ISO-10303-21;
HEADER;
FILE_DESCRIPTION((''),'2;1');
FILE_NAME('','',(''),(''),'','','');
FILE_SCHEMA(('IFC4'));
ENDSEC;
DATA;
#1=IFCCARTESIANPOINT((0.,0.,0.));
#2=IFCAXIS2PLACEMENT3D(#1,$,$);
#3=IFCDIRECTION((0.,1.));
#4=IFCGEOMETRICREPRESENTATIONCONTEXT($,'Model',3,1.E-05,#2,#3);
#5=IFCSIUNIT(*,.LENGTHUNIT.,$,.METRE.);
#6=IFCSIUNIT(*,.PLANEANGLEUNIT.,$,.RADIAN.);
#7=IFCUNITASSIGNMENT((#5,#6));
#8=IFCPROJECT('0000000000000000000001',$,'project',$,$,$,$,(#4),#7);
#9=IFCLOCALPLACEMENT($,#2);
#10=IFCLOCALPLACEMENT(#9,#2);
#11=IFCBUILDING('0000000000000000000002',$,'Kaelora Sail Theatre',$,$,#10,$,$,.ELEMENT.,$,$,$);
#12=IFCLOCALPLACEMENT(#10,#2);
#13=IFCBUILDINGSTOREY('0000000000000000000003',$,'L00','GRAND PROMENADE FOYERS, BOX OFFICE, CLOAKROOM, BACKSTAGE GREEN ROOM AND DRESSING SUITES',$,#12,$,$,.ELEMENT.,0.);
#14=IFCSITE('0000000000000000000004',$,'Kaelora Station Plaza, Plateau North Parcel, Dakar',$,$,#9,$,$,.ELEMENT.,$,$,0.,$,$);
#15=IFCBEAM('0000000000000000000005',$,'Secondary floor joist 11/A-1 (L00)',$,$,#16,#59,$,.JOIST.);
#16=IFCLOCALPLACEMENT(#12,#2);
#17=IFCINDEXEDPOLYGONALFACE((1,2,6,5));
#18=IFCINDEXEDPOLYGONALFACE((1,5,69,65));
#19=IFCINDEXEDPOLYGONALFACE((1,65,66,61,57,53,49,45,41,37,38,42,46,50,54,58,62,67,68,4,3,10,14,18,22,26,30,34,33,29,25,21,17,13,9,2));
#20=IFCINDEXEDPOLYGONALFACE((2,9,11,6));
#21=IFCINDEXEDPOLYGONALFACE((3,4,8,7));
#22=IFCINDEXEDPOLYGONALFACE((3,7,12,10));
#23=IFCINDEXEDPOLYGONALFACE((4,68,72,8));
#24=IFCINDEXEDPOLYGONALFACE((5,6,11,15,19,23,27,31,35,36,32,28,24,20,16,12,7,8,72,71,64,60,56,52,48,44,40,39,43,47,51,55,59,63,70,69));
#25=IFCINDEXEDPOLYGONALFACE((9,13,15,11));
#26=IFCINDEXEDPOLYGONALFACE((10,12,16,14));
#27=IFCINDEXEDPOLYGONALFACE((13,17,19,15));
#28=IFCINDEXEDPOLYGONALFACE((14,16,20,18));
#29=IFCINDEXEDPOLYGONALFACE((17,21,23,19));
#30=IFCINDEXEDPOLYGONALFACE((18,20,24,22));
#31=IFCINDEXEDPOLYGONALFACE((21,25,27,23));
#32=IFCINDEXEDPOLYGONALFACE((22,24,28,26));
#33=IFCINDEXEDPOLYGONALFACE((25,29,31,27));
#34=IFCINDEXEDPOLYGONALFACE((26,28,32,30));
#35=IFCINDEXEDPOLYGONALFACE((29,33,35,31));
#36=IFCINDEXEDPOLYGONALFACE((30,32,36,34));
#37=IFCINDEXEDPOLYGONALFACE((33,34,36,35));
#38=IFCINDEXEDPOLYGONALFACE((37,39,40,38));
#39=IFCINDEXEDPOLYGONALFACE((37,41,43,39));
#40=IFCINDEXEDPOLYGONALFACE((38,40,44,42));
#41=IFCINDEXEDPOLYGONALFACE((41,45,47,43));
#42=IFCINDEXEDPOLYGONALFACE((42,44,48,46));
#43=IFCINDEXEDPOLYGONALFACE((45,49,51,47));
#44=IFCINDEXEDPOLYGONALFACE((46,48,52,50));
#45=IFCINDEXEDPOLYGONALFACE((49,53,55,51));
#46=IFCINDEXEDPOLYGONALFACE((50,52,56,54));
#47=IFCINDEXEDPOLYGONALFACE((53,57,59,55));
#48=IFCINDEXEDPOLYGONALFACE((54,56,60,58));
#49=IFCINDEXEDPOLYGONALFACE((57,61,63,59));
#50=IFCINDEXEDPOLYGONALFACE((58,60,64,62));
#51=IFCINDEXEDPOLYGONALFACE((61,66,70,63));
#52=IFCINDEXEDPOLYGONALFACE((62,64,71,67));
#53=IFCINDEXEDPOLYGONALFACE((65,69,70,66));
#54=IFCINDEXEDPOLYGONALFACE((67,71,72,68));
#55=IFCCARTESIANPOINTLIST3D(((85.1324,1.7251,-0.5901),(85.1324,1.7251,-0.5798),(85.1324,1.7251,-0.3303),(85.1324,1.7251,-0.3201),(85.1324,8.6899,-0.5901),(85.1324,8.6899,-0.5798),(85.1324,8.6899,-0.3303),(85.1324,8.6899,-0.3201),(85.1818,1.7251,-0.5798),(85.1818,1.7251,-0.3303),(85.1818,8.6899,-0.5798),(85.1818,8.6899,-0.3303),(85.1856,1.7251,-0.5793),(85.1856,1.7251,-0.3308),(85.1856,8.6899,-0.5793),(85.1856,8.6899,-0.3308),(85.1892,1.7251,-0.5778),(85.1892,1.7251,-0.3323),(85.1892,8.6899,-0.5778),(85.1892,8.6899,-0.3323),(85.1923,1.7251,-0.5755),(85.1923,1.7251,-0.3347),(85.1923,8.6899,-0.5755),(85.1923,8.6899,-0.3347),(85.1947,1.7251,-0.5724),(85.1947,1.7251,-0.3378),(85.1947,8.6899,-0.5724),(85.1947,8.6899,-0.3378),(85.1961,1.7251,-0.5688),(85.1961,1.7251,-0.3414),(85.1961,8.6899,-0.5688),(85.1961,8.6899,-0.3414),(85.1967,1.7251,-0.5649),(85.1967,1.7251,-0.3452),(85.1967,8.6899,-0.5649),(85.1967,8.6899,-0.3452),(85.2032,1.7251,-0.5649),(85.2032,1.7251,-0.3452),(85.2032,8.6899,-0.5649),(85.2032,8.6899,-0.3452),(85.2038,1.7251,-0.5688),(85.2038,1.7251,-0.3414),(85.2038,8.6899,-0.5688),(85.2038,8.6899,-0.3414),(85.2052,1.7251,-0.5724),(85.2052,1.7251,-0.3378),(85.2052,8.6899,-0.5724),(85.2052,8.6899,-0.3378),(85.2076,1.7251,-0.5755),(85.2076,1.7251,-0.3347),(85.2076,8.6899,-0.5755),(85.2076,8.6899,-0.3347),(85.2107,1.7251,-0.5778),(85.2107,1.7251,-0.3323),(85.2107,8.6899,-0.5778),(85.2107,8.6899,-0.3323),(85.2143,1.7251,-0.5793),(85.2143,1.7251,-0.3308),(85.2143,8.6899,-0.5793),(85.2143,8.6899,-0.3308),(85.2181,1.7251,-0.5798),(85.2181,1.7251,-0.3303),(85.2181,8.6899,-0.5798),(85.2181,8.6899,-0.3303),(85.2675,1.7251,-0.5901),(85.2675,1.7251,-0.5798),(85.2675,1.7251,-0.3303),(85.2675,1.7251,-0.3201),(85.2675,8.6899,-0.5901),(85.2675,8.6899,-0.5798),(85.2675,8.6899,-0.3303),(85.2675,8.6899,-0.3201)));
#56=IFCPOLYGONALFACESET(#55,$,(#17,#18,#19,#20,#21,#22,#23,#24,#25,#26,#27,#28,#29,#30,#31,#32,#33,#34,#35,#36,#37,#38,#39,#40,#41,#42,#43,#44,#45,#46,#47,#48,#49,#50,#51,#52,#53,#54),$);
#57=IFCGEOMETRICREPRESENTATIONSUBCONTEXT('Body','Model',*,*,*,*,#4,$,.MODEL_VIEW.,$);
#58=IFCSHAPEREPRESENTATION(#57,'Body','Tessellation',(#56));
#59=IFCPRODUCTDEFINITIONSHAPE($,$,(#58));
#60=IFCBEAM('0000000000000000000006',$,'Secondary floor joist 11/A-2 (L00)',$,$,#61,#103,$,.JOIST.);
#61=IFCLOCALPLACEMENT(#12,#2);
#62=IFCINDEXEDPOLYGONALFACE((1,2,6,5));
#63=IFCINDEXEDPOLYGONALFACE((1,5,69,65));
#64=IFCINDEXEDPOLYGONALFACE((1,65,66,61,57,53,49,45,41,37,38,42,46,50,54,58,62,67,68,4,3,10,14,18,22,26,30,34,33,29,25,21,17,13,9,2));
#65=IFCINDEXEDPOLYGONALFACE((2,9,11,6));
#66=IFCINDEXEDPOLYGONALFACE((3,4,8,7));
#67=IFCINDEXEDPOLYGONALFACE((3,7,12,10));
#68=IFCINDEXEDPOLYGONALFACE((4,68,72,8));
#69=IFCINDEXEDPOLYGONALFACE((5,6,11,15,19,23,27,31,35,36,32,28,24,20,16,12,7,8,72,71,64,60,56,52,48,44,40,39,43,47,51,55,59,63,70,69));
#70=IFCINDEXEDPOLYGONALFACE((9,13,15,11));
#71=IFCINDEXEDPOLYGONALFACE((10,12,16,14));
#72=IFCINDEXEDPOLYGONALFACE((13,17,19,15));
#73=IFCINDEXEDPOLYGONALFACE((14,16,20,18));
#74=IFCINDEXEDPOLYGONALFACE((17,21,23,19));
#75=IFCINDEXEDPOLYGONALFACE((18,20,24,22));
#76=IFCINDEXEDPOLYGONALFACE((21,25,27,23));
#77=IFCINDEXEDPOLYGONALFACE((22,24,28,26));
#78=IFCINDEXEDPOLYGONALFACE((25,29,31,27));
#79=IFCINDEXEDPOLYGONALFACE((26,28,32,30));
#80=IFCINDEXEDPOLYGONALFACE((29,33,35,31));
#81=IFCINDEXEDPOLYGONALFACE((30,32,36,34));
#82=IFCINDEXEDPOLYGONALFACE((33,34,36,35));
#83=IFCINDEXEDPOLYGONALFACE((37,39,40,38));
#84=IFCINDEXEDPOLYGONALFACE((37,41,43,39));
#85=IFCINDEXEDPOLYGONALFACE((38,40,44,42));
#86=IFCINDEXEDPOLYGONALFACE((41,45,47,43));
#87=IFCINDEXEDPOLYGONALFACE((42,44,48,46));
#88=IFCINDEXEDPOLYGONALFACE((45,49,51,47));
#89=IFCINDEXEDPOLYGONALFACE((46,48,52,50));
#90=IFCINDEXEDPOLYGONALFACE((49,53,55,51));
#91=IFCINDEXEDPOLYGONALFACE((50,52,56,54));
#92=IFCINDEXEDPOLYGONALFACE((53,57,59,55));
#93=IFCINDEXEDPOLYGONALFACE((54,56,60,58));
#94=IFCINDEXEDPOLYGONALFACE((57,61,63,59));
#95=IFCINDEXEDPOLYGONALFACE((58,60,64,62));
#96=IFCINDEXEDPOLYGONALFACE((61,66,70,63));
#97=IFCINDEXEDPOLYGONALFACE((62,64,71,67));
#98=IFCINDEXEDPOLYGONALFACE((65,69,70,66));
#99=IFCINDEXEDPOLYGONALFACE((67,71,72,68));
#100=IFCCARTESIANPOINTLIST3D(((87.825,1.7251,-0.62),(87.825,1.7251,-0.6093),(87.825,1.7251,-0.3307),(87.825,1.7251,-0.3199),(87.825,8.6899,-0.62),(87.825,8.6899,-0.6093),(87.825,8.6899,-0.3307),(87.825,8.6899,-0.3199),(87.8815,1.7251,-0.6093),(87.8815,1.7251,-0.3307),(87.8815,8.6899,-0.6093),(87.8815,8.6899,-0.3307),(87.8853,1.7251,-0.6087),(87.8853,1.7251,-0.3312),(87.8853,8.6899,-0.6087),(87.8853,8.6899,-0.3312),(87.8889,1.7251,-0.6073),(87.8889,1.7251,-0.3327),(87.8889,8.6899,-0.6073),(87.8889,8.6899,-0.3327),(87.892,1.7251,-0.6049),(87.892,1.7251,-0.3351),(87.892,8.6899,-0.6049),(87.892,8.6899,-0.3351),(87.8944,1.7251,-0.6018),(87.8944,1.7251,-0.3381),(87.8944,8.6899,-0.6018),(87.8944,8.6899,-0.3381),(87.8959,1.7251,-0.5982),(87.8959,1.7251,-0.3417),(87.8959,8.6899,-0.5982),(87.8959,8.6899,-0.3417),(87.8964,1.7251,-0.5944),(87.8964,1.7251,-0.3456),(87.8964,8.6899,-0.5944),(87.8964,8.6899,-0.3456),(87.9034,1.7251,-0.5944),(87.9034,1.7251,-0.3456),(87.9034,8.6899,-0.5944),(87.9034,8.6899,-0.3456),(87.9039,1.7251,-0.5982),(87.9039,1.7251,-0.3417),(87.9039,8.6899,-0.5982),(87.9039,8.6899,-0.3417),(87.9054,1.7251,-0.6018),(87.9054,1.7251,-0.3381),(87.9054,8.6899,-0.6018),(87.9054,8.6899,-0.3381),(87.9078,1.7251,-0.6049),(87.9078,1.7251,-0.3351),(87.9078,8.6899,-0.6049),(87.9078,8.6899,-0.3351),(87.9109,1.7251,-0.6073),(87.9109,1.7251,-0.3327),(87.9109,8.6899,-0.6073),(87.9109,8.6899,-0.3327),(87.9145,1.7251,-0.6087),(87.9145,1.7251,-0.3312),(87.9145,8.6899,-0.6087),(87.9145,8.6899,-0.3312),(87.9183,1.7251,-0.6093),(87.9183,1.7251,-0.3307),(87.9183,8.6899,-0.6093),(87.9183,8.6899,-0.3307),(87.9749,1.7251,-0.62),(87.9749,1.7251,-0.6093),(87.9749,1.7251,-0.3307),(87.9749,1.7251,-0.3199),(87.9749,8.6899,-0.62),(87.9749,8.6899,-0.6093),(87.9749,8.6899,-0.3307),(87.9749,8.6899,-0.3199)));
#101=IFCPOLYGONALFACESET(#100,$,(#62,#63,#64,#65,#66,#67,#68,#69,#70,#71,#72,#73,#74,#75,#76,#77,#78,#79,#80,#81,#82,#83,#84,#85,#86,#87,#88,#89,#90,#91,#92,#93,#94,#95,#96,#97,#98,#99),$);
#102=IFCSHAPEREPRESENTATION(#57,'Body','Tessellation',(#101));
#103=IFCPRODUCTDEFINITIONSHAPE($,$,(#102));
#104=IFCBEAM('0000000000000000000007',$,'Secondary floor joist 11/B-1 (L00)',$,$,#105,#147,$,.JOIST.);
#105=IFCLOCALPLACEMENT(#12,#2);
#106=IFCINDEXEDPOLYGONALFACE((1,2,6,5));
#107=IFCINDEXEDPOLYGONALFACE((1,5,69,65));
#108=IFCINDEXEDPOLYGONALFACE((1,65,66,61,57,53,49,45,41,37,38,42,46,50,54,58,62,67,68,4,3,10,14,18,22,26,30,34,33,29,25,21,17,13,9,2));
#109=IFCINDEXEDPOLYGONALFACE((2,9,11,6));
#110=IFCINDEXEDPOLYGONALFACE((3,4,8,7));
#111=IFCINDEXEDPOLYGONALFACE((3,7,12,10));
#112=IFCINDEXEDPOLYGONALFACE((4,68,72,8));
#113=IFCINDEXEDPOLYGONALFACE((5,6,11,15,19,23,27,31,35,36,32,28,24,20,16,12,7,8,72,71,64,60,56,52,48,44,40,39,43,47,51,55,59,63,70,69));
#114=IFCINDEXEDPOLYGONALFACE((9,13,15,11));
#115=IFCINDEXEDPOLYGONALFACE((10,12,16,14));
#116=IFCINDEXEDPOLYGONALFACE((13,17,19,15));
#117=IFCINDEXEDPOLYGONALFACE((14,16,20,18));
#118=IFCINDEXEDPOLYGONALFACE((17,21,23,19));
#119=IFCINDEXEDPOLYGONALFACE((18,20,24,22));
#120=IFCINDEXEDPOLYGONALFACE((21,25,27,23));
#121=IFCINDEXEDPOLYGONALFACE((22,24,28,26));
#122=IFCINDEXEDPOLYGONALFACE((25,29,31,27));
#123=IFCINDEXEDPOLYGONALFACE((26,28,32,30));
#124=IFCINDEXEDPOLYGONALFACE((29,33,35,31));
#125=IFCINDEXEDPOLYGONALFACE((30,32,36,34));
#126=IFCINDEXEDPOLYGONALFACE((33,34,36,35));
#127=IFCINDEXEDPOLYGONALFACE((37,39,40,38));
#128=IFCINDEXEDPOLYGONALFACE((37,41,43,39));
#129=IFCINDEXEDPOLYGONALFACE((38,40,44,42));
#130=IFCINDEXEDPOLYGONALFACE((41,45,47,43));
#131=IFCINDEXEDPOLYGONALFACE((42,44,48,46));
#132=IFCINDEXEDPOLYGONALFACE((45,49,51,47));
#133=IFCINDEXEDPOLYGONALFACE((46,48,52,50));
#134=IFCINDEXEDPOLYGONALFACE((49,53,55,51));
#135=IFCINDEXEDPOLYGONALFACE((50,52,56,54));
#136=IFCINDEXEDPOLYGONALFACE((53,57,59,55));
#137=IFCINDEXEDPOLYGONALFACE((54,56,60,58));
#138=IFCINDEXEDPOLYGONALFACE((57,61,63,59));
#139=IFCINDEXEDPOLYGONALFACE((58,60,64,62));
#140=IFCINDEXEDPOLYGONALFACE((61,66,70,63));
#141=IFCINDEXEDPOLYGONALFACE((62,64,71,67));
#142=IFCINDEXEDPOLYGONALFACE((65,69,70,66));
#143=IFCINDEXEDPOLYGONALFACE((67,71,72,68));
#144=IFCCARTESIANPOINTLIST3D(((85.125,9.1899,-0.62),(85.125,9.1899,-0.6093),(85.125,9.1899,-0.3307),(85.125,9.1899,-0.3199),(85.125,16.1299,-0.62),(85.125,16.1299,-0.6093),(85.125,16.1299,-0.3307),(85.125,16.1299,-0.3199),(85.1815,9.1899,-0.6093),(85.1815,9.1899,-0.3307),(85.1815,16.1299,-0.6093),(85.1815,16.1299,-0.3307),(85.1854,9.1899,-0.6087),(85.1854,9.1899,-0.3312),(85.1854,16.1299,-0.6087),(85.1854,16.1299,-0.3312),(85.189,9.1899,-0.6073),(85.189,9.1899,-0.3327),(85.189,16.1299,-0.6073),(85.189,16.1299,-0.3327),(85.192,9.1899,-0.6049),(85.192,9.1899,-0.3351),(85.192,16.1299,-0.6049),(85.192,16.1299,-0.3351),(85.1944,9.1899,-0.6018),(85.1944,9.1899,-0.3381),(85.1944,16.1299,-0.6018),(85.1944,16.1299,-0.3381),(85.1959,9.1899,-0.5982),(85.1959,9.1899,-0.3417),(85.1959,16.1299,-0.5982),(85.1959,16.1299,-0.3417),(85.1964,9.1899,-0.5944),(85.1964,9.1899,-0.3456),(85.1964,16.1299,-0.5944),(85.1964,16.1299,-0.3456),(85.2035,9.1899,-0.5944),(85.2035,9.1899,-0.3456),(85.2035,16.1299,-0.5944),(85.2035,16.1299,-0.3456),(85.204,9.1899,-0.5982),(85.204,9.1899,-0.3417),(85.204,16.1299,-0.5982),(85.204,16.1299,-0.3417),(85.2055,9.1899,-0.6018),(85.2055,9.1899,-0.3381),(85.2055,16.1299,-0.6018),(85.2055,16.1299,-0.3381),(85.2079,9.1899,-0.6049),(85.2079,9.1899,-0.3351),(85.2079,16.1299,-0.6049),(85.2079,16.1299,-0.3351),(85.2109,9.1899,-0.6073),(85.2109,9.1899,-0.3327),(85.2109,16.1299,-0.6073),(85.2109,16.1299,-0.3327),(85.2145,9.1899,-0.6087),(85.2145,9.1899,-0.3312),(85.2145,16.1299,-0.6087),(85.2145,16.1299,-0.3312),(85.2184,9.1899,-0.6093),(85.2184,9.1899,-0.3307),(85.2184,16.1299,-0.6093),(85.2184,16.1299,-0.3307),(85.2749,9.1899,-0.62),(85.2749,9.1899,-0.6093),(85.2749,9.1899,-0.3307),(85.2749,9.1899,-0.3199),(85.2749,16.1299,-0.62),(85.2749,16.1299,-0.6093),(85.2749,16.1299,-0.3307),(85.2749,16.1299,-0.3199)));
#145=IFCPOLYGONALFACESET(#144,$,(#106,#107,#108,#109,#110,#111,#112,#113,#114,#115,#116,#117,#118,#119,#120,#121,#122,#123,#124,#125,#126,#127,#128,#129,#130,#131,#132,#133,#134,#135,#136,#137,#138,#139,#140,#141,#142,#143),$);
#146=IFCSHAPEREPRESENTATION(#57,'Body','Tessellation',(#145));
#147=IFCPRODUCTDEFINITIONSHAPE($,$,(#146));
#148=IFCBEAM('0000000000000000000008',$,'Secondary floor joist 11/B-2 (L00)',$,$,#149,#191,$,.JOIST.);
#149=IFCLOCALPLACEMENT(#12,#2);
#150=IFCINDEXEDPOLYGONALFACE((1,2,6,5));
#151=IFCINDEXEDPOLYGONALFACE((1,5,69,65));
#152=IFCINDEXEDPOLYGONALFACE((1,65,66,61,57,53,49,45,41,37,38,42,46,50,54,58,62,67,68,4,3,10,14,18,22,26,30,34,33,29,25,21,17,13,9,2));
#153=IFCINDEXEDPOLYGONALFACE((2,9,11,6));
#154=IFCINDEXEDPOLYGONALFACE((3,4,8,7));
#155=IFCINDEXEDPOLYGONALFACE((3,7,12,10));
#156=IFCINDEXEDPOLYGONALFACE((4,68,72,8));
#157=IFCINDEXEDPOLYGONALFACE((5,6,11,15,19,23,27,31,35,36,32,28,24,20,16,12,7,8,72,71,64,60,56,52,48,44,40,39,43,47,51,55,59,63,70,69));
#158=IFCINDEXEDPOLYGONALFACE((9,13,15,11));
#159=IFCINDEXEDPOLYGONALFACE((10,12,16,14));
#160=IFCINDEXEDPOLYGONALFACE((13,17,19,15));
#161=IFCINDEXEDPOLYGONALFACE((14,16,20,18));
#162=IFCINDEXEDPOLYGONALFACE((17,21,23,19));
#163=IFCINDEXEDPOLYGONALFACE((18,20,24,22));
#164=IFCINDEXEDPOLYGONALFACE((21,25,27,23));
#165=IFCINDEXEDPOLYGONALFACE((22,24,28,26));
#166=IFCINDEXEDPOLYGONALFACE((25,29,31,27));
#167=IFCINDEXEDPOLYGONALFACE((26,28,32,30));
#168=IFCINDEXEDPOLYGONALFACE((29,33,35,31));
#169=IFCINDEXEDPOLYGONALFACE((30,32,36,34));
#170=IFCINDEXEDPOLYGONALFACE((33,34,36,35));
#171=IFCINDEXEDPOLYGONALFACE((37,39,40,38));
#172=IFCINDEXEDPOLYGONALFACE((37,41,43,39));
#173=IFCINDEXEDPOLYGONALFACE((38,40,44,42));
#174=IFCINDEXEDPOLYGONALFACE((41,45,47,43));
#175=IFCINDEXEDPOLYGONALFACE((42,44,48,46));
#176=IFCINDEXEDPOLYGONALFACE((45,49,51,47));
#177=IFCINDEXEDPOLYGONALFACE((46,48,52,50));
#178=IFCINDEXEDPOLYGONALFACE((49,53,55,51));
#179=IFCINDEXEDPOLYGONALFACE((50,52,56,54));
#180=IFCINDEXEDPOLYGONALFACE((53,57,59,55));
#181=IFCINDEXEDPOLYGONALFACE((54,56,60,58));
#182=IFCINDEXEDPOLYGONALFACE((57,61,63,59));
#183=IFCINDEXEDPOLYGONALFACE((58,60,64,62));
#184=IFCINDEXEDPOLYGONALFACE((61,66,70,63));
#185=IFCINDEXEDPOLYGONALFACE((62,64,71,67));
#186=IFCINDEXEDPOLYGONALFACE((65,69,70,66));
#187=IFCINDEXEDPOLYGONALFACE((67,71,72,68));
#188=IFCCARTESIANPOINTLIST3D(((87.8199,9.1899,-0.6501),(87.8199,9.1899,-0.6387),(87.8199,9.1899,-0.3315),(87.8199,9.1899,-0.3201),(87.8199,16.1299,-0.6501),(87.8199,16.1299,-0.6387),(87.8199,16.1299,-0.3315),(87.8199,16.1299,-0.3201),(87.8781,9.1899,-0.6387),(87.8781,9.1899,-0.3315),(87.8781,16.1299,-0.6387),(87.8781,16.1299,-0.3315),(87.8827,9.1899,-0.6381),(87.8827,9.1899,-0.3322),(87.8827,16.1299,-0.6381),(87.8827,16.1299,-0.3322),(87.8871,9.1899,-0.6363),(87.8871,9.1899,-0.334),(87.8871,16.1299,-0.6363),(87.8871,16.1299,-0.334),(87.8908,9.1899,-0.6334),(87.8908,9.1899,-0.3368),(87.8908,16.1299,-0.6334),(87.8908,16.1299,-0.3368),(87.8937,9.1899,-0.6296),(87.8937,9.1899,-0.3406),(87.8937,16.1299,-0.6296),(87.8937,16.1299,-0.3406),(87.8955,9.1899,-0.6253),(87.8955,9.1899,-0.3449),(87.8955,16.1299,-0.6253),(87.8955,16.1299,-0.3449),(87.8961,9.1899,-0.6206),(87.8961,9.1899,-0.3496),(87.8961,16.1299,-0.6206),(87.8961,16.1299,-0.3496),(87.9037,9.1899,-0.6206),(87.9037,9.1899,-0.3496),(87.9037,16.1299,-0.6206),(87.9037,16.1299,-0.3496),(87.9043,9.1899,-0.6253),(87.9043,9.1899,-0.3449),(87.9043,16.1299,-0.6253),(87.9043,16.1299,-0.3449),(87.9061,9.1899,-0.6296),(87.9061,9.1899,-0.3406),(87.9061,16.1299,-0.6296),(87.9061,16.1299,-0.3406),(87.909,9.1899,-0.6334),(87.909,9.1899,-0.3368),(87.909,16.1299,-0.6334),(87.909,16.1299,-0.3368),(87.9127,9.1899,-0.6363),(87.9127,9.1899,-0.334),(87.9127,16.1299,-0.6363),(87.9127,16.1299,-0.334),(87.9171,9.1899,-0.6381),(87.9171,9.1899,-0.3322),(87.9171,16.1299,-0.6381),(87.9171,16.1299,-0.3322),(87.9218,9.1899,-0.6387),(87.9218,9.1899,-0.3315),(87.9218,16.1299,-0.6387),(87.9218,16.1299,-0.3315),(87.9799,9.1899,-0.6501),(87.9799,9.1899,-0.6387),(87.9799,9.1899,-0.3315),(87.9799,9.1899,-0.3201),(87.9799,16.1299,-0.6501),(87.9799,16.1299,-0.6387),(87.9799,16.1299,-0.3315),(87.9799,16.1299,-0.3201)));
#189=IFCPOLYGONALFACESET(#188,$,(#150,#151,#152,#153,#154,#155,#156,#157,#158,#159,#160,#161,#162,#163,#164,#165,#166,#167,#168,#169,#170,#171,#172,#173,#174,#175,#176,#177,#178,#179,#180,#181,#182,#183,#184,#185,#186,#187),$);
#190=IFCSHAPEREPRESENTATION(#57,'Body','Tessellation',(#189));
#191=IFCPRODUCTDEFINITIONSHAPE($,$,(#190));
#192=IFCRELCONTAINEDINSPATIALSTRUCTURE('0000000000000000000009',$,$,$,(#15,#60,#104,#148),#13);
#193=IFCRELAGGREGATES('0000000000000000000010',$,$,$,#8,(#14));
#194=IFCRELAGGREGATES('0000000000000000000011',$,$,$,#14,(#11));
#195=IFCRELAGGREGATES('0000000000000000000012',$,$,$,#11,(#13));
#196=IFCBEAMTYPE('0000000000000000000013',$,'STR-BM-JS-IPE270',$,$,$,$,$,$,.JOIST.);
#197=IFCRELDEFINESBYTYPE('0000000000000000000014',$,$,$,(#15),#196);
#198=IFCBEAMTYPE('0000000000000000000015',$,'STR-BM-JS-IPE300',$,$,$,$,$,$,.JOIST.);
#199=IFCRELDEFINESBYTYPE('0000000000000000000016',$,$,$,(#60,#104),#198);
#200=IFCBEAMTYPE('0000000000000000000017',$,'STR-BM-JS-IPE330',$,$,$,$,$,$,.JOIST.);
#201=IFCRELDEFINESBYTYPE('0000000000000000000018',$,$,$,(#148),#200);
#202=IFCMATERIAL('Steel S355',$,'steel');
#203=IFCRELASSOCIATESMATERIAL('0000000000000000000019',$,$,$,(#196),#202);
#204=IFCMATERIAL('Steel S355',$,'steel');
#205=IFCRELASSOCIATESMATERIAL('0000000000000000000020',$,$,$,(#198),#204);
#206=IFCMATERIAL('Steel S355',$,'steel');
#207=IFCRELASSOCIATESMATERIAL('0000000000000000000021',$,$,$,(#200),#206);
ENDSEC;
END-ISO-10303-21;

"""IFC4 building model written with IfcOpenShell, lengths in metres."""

from ifc_helpers import new_model, si_unit, direction, frame, origin, origin_2d, place, context, subcontext, project, spatial, i_section, extrude, material, material_profile, profile_set, type_object, element, save


model = new_model("IFC4")

# Units and contexts
model_context = context("Model", 3, precision=1e-05, world=origin(), true_north=direction((0.0, 1.0)))
body_context = subcontext(model_context, "Body", "Model", "MODEL_VIEW")
ifc_project = project(units=[si_unit("LENGTHUNIT", "METRE"), si_unit("PLANEANGLEUNIT", "RADIAN")], contexts=[model_context])

# Site, building, storey
site_placement = place(None, origin())
site = spatial("IfcSite", under=ifc_project, at=site_placement, Name="Kaelora Station Plaza, Plateau North Parcel, Dakar", CompositionType="ELEMENT", RefElevation=0.0)
building_placement = place(site_placement, origin())
building = spatial("IfcBuilding", under=site, at=building_placement, Name="Kaelora Sail Theatre", CompositionType="ELEMENT")
storey_placement = place(building_placement, origin())
storey = spatial("IfcBuildingStorey", under=building, at=storey_placement, Name="L00", Description="GRAND PROMENADE FOYERS, BOX OFFICE, CLOAKROOM, BACKSTAGE GREEN ROOM AND DRESSING SUITES", CompositionType="ELEMENT", Elevation=0.0)

# Beams
ifc_material_1 = material(Name="Steel S355", Category="steel")
ifc_material_profile_1 = material_profile(ifc_material_1, i_section(OverallWidth=0.135, OverallDepth=0.27, WebThickness=0.0066, FlangeThickness=0.0103, FilletRadius=0.0149, at=origin_2d()), Name="IPE 270")
ifc_profile_set_1 = profile_set([ifc_material_profile_1], Name="Steel S355")
beam_type_1 = type_object("IfcBeamType", Name="STR-BM-JS-IPE270", PredefinedType="JOIST", material=ifc_profile_set_1)
for number, where, z_axis, x_axis, name in (
    (1, (85.2, 1.7251, -0.4551), (0.0, 1.0, 0.0), (-1.0, 0.0, 0.0), "Secondary floor joist 11/A-1 (L00)"),
):
    element("IfcBeam", number, at=place(storey_placement, frame(where, z_axis=z_axis, x_axis=x_axis)), inside=storey, type_object=beam_type_1, Name=name, PredefinedType="JOIST", context=body_context, shape_type="SweptSolid", body=[
        extrude(i_section(OverallWidth=0.135, OverallDepth=0.27, WebThickness=0.0066, FlangeThickness=0.0103, FilletRadius=0.0149, at=origin_2d()), origin(), (0.0, 0.0, 1.0), 6.9648),
    ])
ifc_material_2 = material(Name="Steel S355", Category="steel")
ifc_material_profile_2 = material_profile(ifc_material_2, i_section(OverallWidth=0.1499, OverallDepth=0.3, WebThickness=0.0071, FlangeThickness=0.0107, FilletRadius=0.0149, at=origin_2d()), Name="IPE 300")
ifc_profile_set_2 = profile_set([ifc_material_profile_2], Name="Steel S355")
beam_type_2 = type_object("IfcBeamType", Name="STR-BM-JS-IPE300", PredefinedType="JOIST", material=ifc_profile_set_2)
beam_1_placement = place(storey_placement, frame((87.8999, 1.7251, -0.47), z_axis=(0.0, 1.0, 0.0), x_axis=(-1.0, 0.0, 0.0)))
element("IfcBeam", 2, at=beam_1_placement, inside=storey, type_object=beam_type_2, Name="Secondary floor joist 11/A-2 (L00)", PredefinedType="JOIST", context=body_context, shape_type="SweptSolid", body=[
    extrude(i_section(OverallWidth=0.1499, OverallDepth=0.3, WebThickness=0.0071, FlangeThickness=0.0107, FilletRadius=0.0149, at=origin_2d()), origin(), (0.0, 0.0, 1.0), 6.9648),
])
beam_2_placement = place(storey_placement, frame((85.2, 9.1899, -0.47), z_axis=(0.0, 1.0, 0.0), x_axis=(-1.0, 0.0, 0.0)))
element("IfcBeam", 3, at=beam_2_placement, inside=storey, type_object=beam_type_2, Name="Secondary floor joist 11/B-1 (L00)", PredefinedType="JOIST", context=body_context, shape_type="SweptSolid", body=[
    extrude(i_section(OverallWidth=0.1499, OverallDepth=0.3, WebThickness=0.0071, FlangeThickness=0.0107, FilletRadius=0.0149, at=origin_2d()), origin(), (0.0, 0.0, 1.0), 6.9399),
])
ifc_material_3 = material(Name="Steel S355", Category="steel")
ifc_material_profile_3 = material_profile(ifc_material_3, i_section(OverallWidth=0.1599, OverallDepth=0.3301, WebThickness=0.0076, FlangeThickness=0.0115, FilletRadius=0.0181, at=origin_2d()), Name="IPE 330")
ifc_profile_set_3 = profile_set([ifc_material_profile_3], Name="Steel S355")
beam_type_3 = type_object("IfcBeamType", Name="STR-BM-JS-IPE330", PredefinedType="JOIST", material=ifc_profile_set_3)
beam_3_placement = place(storey_placement, frame((87.8999, 9.1899, -0.4851), z_axis=(0.0, 1.0, 0.0), x_axis=(-1.0, 0.0, 0.0)))
element("IfcBeam", 4, at=beam_3_placement, inside=storey, type_object=beam_type_3, Name="Secondary floor joist 11/B-2 (L00)", PredefinedType="JOIST", context=body_context, shape_type="SweptSolid", body=[
    extrude(i_section(OverallWidth=0.1599, OverallDepth=0.3301, WebThickness=0.0076, FlangeThickness=0.0115, FilletRadius=0.0181, at=origin_2d()), origin(), (0.0, 0.0, 1.0), 6.9399),
])

save(model, "model.ifc")
